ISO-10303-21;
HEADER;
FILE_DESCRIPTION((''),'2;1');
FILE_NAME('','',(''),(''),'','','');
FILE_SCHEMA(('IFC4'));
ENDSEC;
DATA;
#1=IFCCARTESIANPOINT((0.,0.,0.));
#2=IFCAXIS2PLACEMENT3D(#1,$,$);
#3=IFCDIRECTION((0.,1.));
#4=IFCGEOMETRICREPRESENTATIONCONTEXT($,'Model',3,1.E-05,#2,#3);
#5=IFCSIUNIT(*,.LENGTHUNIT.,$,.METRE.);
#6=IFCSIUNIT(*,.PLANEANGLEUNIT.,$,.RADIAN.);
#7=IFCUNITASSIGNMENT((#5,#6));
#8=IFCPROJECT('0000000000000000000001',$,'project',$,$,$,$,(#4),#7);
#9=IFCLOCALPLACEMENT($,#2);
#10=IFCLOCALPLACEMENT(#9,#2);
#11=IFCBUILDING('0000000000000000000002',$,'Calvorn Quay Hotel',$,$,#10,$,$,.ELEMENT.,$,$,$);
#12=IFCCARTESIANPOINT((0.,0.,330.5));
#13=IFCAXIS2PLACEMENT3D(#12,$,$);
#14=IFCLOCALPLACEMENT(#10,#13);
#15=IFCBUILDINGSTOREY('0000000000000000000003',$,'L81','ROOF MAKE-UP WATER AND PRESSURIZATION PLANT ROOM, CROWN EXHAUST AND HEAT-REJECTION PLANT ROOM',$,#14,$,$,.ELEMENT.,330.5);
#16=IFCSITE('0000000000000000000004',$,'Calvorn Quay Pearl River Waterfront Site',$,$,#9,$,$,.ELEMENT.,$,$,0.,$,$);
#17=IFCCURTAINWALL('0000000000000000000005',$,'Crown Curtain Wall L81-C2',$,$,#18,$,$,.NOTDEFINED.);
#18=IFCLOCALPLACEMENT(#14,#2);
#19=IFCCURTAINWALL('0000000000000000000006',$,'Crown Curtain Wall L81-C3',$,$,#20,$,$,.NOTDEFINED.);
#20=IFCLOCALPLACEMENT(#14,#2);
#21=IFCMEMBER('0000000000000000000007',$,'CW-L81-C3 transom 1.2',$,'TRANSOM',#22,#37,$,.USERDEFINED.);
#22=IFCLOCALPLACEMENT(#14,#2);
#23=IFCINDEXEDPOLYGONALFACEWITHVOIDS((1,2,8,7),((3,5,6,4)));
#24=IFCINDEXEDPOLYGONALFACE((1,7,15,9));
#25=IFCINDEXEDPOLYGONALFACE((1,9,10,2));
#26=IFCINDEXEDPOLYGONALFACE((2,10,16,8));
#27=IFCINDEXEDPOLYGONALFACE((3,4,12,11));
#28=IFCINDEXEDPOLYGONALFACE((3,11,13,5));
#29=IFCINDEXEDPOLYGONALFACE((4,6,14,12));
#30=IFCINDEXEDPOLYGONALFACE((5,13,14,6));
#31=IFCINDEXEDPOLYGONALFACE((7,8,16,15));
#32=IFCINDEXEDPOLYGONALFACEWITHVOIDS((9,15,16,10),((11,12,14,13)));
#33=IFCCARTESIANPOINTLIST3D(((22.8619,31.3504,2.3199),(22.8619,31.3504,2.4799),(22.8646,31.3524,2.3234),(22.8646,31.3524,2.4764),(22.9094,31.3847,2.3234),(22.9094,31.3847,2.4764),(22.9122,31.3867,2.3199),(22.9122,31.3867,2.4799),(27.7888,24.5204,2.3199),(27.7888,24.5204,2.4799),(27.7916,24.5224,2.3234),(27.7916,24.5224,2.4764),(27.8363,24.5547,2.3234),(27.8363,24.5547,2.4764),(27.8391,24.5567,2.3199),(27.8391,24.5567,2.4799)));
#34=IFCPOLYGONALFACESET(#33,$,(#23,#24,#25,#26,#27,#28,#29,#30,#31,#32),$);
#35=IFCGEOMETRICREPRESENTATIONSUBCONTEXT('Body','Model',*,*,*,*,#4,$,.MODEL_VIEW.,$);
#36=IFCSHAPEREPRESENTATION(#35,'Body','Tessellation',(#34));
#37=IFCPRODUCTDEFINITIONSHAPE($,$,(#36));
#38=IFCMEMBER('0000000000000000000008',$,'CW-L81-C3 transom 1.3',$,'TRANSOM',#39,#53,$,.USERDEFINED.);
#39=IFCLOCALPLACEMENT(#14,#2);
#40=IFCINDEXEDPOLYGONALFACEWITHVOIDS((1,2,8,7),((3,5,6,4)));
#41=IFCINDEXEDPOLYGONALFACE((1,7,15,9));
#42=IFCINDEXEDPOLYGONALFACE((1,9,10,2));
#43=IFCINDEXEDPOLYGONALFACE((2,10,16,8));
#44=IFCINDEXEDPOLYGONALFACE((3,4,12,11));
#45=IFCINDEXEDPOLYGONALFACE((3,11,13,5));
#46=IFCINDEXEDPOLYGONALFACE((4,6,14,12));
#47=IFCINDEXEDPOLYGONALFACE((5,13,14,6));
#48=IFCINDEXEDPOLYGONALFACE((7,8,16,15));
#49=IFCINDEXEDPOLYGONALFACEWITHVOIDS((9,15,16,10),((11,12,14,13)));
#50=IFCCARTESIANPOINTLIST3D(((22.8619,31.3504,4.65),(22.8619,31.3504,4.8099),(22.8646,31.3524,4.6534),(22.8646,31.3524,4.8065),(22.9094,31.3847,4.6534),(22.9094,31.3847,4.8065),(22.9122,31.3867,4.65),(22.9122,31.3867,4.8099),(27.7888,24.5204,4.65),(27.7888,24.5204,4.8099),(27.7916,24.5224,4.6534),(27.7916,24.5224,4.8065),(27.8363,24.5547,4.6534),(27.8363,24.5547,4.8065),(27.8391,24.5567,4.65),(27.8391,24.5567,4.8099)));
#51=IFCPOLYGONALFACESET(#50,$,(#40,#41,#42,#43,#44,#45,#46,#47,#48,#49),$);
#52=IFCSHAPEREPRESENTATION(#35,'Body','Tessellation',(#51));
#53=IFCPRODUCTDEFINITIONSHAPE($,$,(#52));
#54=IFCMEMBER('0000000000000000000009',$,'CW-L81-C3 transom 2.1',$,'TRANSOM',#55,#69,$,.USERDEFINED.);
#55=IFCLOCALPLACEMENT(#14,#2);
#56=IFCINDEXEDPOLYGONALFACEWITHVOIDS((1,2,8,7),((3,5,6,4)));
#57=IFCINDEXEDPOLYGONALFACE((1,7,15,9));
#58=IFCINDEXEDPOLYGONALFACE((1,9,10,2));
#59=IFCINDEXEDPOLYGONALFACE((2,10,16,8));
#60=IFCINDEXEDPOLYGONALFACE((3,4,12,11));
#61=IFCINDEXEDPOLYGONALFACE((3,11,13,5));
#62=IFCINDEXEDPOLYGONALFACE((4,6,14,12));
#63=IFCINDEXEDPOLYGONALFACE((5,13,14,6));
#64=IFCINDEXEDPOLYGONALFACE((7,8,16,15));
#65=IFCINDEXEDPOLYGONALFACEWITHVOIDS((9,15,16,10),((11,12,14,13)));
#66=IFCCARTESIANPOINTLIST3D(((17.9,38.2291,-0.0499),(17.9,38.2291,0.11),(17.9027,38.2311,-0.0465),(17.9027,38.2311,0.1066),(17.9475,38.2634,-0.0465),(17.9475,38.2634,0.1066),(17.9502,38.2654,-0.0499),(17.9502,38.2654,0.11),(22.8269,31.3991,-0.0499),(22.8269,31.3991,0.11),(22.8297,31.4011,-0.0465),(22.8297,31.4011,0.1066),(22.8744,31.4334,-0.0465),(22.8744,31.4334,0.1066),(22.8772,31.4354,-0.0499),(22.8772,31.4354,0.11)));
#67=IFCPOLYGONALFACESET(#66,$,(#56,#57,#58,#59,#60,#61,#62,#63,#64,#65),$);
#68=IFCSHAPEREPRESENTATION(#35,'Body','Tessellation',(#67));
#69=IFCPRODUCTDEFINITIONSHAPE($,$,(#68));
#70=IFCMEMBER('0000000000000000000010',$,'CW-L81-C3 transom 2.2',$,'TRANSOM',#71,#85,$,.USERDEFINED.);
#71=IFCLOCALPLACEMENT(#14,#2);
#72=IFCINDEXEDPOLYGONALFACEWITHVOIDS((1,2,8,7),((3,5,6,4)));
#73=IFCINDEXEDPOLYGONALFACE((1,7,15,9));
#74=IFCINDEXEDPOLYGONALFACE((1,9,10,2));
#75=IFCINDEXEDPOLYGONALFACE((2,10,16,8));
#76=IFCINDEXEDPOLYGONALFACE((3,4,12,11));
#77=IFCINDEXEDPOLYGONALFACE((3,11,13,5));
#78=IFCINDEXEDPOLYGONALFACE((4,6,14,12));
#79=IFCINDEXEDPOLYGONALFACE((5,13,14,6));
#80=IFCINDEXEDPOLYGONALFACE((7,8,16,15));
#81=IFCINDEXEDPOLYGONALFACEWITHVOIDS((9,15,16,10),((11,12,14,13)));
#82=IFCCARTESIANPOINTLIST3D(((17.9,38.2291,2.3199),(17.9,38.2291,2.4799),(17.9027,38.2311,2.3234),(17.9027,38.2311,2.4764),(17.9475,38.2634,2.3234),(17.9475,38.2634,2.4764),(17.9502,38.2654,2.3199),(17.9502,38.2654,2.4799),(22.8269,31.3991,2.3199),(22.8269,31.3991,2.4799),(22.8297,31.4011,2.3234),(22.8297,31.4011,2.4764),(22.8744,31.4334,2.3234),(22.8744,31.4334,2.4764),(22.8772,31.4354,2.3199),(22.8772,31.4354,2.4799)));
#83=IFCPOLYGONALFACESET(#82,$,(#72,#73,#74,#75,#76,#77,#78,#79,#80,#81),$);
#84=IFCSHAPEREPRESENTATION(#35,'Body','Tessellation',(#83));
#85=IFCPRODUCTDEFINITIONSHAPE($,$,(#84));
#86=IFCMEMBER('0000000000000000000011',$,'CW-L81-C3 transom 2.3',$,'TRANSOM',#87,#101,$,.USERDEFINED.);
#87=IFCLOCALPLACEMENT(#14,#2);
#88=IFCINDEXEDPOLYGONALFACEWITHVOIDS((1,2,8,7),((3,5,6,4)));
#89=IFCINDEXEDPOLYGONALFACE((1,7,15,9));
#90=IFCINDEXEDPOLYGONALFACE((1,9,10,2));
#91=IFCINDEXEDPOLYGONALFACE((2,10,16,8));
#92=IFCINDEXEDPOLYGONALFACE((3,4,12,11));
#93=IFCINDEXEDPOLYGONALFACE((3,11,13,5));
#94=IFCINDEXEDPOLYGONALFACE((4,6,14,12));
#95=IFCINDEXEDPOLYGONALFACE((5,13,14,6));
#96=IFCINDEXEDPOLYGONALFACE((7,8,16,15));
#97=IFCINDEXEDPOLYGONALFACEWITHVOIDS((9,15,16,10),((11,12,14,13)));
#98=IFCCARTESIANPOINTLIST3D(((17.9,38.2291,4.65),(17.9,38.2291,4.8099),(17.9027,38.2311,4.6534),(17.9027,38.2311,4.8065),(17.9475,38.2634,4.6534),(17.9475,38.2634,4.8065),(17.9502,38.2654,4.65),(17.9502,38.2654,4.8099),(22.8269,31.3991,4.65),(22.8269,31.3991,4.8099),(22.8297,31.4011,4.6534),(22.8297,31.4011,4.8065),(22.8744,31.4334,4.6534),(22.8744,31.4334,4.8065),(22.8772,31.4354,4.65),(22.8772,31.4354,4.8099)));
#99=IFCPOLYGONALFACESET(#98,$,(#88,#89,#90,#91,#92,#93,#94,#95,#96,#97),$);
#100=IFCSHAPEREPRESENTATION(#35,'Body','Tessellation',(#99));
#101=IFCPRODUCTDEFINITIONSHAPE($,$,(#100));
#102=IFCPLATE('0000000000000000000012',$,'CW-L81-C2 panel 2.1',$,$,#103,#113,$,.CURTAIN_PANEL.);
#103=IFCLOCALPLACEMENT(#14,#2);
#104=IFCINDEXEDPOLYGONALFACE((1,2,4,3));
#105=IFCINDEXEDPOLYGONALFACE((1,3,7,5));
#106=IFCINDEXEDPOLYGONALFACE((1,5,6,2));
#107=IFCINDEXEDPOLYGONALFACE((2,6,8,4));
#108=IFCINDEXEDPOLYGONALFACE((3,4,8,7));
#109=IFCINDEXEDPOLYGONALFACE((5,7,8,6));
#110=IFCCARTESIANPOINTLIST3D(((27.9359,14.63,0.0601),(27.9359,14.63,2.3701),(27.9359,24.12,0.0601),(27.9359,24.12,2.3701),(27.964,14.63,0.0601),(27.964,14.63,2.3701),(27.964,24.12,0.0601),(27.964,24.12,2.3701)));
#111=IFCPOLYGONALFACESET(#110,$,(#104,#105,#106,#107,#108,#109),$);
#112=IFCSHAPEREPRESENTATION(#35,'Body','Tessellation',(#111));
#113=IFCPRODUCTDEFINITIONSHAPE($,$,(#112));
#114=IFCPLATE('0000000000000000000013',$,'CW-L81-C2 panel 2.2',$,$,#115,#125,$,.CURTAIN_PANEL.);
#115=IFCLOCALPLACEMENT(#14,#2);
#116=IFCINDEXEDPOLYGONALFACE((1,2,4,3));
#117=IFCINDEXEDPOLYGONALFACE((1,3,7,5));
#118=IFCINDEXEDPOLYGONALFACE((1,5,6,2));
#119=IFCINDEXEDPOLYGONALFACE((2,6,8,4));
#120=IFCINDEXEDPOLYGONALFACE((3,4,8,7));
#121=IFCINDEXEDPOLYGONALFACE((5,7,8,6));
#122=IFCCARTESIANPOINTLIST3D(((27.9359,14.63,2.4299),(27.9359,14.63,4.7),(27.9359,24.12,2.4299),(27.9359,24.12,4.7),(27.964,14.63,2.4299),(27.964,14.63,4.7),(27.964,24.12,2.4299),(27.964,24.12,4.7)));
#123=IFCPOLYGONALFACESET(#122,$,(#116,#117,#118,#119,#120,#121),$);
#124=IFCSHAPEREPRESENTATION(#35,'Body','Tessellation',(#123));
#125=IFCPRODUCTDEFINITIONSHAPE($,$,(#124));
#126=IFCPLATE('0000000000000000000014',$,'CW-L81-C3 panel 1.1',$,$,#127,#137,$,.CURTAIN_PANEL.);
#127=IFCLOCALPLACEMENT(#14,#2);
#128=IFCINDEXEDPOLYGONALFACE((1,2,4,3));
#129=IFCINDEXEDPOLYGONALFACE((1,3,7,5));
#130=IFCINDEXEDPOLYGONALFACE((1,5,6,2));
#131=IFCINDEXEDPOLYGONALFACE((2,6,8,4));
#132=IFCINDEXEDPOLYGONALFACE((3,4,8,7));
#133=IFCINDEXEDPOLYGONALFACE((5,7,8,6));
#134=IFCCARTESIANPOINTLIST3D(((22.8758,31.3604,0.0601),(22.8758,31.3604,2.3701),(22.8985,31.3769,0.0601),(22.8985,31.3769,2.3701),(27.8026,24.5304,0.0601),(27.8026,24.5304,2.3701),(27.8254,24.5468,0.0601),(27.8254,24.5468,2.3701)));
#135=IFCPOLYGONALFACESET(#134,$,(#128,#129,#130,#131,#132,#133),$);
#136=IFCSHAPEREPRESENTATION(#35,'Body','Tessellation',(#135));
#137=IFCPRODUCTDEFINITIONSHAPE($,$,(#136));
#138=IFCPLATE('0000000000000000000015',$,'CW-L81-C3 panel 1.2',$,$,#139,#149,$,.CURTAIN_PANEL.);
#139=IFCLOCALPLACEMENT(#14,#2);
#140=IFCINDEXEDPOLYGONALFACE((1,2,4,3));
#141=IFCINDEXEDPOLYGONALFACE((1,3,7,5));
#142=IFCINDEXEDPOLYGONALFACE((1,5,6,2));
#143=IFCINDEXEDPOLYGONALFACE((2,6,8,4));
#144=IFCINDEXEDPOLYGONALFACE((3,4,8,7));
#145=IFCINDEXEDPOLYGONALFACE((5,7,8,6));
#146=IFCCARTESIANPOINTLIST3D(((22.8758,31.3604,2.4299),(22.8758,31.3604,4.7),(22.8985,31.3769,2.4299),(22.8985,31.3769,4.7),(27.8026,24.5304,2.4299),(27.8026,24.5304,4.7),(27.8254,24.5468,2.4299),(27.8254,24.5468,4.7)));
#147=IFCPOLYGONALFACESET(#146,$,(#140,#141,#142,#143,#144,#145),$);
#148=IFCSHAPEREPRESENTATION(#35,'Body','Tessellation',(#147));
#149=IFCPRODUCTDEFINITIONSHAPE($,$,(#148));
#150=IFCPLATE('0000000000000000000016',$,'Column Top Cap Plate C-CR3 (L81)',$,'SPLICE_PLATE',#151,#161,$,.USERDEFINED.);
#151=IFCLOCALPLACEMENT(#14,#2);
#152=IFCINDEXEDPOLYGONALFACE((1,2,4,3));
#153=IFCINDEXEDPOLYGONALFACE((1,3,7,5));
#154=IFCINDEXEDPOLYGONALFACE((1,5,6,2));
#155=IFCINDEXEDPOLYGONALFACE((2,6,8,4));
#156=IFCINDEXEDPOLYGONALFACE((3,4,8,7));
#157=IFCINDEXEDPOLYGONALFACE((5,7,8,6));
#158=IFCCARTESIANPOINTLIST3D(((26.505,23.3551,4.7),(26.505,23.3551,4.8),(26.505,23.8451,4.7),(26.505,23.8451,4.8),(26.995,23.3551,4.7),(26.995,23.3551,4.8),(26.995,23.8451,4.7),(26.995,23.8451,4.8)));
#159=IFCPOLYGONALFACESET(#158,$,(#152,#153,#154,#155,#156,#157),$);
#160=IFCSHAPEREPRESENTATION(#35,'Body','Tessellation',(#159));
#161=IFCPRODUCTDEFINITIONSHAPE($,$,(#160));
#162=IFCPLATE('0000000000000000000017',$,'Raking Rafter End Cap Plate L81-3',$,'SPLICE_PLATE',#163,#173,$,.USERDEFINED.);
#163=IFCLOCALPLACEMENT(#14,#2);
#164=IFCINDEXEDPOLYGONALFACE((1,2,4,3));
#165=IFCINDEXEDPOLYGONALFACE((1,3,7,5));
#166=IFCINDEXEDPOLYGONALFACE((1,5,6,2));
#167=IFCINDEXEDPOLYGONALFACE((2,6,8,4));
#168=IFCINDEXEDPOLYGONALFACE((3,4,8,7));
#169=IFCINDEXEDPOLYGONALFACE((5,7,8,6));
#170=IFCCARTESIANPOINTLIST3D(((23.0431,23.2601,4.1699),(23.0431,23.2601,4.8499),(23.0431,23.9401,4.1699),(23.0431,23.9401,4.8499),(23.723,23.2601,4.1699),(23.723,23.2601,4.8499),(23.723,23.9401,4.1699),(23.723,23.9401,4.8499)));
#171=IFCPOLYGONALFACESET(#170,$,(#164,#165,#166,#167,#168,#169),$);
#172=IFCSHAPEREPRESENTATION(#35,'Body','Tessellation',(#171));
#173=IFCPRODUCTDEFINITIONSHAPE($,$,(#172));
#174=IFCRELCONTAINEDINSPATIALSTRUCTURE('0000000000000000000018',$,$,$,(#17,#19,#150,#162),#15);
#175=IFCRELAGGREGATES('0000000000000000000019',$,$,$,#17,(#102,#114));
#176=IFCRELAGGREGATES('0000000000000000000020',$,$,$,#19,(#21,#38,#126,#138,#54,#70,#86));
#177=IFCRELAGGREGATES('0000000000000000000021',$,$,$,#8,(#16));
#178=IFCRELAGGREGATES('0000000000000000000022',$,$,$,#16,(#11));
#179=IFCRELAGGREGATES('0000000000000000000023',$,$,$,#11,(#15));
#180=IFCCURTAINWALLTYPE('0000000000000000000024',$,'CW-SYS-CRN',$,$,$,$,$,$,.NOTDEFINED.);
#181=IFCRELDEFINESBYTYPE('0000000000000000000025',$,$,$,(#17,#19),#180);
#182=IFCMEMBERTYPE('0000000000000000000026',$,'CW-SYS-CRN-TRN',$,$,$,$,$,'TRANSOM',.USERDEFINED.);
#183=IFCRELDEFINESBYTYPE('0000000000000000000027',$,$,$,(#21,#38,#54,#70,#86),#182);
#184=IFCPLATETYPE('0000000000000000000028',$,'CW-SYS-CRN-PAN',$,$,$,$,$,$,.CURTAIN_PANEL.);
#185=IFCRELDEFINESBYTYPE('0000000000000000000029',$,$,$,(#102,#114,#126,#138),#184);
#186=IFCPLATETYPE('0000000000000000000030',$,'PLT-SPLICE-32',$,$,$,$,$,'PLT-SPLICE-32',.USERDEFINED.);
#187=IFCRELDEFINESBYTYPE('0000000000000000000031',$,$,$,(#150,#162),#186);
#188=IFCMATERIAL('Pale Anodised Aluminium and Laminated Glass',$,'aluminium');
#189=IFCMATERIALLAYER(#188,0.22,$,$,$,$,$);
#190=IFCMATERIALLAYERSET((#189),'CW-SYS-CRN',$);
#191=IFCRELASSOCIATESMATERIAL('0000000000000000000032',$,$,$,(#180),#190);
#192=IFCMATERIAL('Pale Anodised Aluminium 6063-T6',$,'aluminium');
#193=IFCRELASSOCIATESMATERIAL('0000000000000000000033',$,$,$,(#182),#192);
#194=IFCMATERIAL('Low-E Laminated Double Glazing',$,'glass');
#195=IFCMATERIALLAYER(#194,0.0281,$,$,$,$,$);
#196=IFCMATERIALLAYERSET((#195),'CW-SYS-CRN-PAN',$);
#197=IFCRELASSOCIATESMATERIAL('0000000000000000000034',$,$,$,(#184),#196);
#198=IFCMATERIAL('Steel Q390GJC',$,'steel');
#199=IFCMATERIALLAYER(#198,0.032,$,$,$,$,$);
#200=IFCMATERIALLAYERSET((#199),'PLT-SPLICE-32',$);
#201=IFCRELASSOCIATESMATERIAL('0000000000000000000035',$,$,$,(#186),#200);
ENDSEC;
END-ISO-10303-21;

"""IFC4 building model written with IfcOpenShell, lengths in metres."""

from ifc_helpers import new_model, si_unit, direction, frame, origin, origin_2d, place, context, subcontext, project, spatial, rectangle, hollow_rectangle, extrude, material, layer, layer_set, material_profile, profile_set, type_object, element, aggregate, save


model = new_model("IFC4")

# Units and contexts
model_context = context("Model", 3, precision=1e-05, world=origin(), true_north=direction((0.0, 1.0)))
body_context = subcontext(model_context, "Body", "Model", "MODEL_VIEW")
ifc_project = project(units=[si_unit("LENGTHUNIT", "METRE"), si_unit("PLANEANGLEUNIT", "RADIAN")], contexts=[model_context])

# Site, building, storey
site_placement = place(None, origin())
site = spatial("IfcSite", under=ifc_project, at=site_placement, Name="Calvorn Quay Pearl River Waterfront Site", CompositionType="ELEMENT", RefElevation=0.0)
building_placement = place(site_placement, origin())
building = spatial("IfcBuilding", under=site, at=building_placement, Name="Calvorn Quay Hotel", CompositionType="ELEMENT")
storey_placement = place(building_placement, frame((0.0, 0.0, 330.5)))
storey = spatial("IfcBuildingStorey", under=building, at=storey_placement, Name="L81", Description="ROOF MAKE-UP WATER AND PRESSURIZATION PLANT ROOM, CROWN EXHAUST AND HEAT-REJECTION PLANT ROOM", CompositionType="ELEMENT", Elevation=330.5)

# Curtain wall
ifc_material_1 = material(Name="Pale Anodised Aluminium and Laminated Glass", Category="aluminium")
ifc_layer_1 = layer(ifc_material_1, 0.22)
ifc_layer_set_1 = layer_set([ifc_layer_1], Name="CW-SYS-CRN")
curtain_wall_type = type_object("IfcCurtainWallType", Name="CW-SYS-CRN", PredefinedType="NOTDEFINED", material=ifc_layer_set_1)
curtain_wall_1_placement = place(storey_placement, origin())
curtain_wall_1 = element("IfcCurtainWall", 1, at=curtain_wall_1_placement, inside=storey, type_object=curtain_wall_type, Name="Crown Curtain Wall L81-C2", PredefinedType="NOTDEFINED")

# Curtain wall, members
curtain_wall_2_placement = place(storey_placement, origin())
curtain_wall_2 = element("IfcCurtainWall", 2, at=curtain_wall_2_placement, inside=storey, type_object=curtain_wall_type, Name="Crown Curtain Wall L81-C3", PredefinedType="NOTDEFINED")
ifc_material_2 = material(Name="Pale Anodised Aluminium 6063-T6", Category="aluminium")
ifc_material_profile_1 = material_profile(ifc_material_2, hollow_rectangle(XDim=0.062, YDim=0.1599, WallThickness=0.0034, at=origin_2d()), Name="ALU-T160x62x3.5")
ifc_profile_set_1 = profile_set([ifc_material_profile_1], Name="Pale Anodised Aluminium 6063-T6")
member_type_1 = type_object("IfcMemberType", Name="CW-SYS-CRN-TRN", ElementType="TRANSOM", PredefinedType="USERDEFINED", material=ifc_profile_set_1)
member_1_placement = place(storey_placement, frame((27.814, 24.5386, 2.3999), z_axis=(-0.585035, 0.811008, 0.0), x_axis=(-0.811008, -0.585035, 0.0)))
member_1 = element("IfcMember", 3, at=member_1_placement, type_object=member_type_1, Name="CW-L81-C3 transom 1.2", ObjectType="TRANSOM", PredefinedType="USERDEFINED", context=body_context, shape_type="SweptSolid", body=[
    extrude(hollow_rectangle(XDim=0.062, YDim=0.1599, WallThickness=0.0034, at=origin_2d()), origin(), (0.0, 0.0, 1.0), 8.4216),
])
member_2_placement = place(storey_placement, frame((27.814, 24.5386, 4.73), z_axis=(-0.585035, 0.811008, 0.0), x_axis=(-0.811008, -0.585035, 0.0)))
member_2 = element("IfcMember", 4, at=member_2_placement, type_object=member_type_1, Name="CW-L81-C3 transom 1.3", ObjectType="TRANSOM", PredefinedType="USERDEFINED", context=body_context, shape_type="SweptSolid", body=[
    extrude(hollow_rectangle(XDim=0.062, YDim=0.1599, WallThickness=0.0034, at=origin_2d()), origin(), (0.0, 0.0, 1.0), 8.4216),
])
member_3_placement = place(storey_placement, frame((22.8521, 31.4172, 0.03), z_axis=(-0.585035, 0.811008, 0.0), x_axis=(-0.811008, -0.585035, 0.0)))
member_3 = element("IfcMember", 5, at=member_3_placement, type_object=member_type_1, Name="CW-L81-C3 transom 2.1", ObjectType="TRANSOM", PredefinedType="USERDEFINED", context=body_context, shape_type="SweptSolid", body=[
    extrude(hollow_rectangle(XDim=0.062, YDim=0.1599, WallThickness=0.0034, at=origin_2d()), origin(), (0.0, 0.0, 1.0), 8.4216),
])
member_4_placement = place(storey_placement, frame((22.8521, 31.4172, 2.3999), z_axis=(-0.585035, 0.811008, 0.0), x_axis=(-0.811008, -0.585035, 0.0)))
member_4 = element("IfcMember", 6, at=member_4_placement, type_object=member_type_1, Name="CW-L81-C3 transom 2.2", ObjectType="TRANSOM", PredefinedType="USERDEFINED", context=body_context, shape_type="SweptSolid", body=[
    extrude(hollow_rectangle(XDim=0.062, YDim=0.1599, WallThickness=0.0034, at=origin_2d()), origin(), (0.0, 0.0, 1.0), 8.4216),
])
member_5_placement = place(storey_placement, frame((22.8521, 31.4172, 4.73), z_axis=(-0.585035, 0.811008, 0.0), x_axis=(-0.811008, -0.585035, 0.0)))
member_5 = element("IfcMember", 7, at=member_5_placement, type_object=member_type_1, Name="CW-L81-C3 transom 2.3", ObjectType="TRANSOM", PredefinedType="USERDEFINED", context=body_context, shape_type="SweptSolid", body=[
    extrude(hollow_rectangle(XDim=0.062, YDim=0.1599, WallThickness=0.0034, at=origin_2d()), origin(), (0.0, 0.0, 1.0), 8.4216),
])

# Plates
ifc_material_3 = material(Name="Low-E Laminated Double Glazing", Category="glass")
ifc_layer_2 = layer(ifc_material_3, 0.0281)
ifc_layer_set_2 = layer_set([ifc_layer_2], Name="CW-SYS-CRN-PAN")
plate_type_1 = type_object("IfcPlateType", Name="CW-SYS-CRN-PAN", PredefinedType="CURTAIN_PANEL", material=ifc_layer_set_2)
plate_1_placement = place(storey_placement, frame((27.95, 19.375, 0.0601), z_axis=(0.0, 0.0, 1.0), x_axis=(0.0, 1.0, 0.0)))
plate_1 = element("IfcPlate", 8, at=plate_1_placement, type_object=plate_type_1, Name="CW-L81-C2 panel 2.1", PredefinedType="CURTAIN_PANEL", context=body_context, shape_type="SweptSolid", body=[
    extrude(rectangle(XDim=9.49, YDim=0.0281, at=origin_2d()), origin(), (0.0, 0.0, 1.0), 2.3101),
])
plate_2_placement = place(storey_placement, frame((27.95, 19.375, 2.4299), z_axis=(0.0, 0.0, 1.0), x_axis=(0.0, 1.0, 0.0)))
plate_2 = element("IfcPlate", 9, at=plate_2_placement, type_object=plate_type_1, Name="CW-L81-C2 panel 2.2", PredefinedType="CURTAIN_PANEL", context=body_context, shape_type="SweptSolid", body=[
    extrude(rectangle(XDim=9.49, YDim=0.0281, at=origin_2d()), origin(), (0.0, 0.0, 1.0), 2.27),
])
aggregate(curtain_wall_1, [plate_1, plate_2])
plate_3_placement = place(storey_placement, frame((25.3506, 27.9536, 0.0601), z_axis=(0.0, 0.0, 1.0), x_axis=(-0.585027, 0.811014, 0.0)))
plate_3 = element("IfcPlate", 10, at=plate_3_placement, type_object=plate_type_1, Name="CW-L81-C3 panel 1.1", PredefinedType="CURTAIN_PANEL", context=body_context, shape_type="SweptSolid", body=[
    extrude(rectangle(XDim=8.4216, YDim=0.0281, at=origin_2d()), origin(), (0.0, 0.0, 1.0), 2.3101),
])
plate_4_placement = place(storey_placement, frame((25.3506, 27.9536, 2.4299), z_axis=(0.0, 0.0, 1.0), x_axis=(-0.585027, 0.811014, 0.0)))
plate_4 = element("IfcPlate", 11, at=plate_4_placement, type_object=plate_type_1, Name="CW-L81-C3 panel 1.2", PredefinedType="CURTAIN_PANEL", context=body_context, shape_type="SweptSolid", body=[
    extrude(rectangle(XDim=8.4216, YDim=0.0281, at=origin_2d()), origin(), (0.0, 0.0, 1.0), 2.27),
])
aggregate(curtain_wall_2, [member_1, member_2, plate_3, plate_4, member_3, member_4, member_5])

# Plates
ifc_material_4 = material(Name="Steel Q390GJC", Category="steel")
ifc_layer_3 = layer(ifc_material_4, 0.032)
ifc_layer_set_3 = layer_set([ifc_layer_3], Name="PLT-SPLICE-32")
plate_type_2 = type_object("IfcPlateType", Name="PLT-SPLICE-32", ElementType="PLT-SPLICE-32", PredefinedType="USERDEFINED", material=ifc_layer_set_3)
plate_5_placement = place(storey_placement, frame((26.75, 23.6001, 4.7), z_axis=(0.0, 0.0, 1.0), x_axis=(1.0, 0.0, 0.0)))
element("IfcPlate", 12, at=plate_5_placement, inside=storey, type_object=plate_type_2, Name="Column Top Cap Plate C-CR3 (L81)", ObjectType="SPLICE_PLATE", PredefinedType="USERDEFINED", context=body_context, shape_type="SweptSolid", body=[
    extrude(rectangle(XDim=0.49, YDim=0.49, at=origin_2d()), origin(), (0.0, 0.0, 1.0), 0.1001),
])
plate_6_placement = place(storey_placement, frame((23.3831, 23.6001, 4.1699), z_axis=(0.0, 0.0, 1.0), x_axis=(1.0, 0.0, 0.0)))
element("IfcPlate", 13, at=plate_6_placement, inside=storey, type_object=plate_type_2, Name="Raking Rafter End Cap Plate L81-3", ObjectType="SPLICE_PLATE", PredefinedType="USERDEFINED", context=body_context, shape_type="SweptSolid", body=[
    extrude(rectangle(XDim=0.6799, YDim=0.6799, at=origin_2d()), origin(), (0.0, 0.0, 1.0), 0.6799),
])

save(model, "model.ifc")
